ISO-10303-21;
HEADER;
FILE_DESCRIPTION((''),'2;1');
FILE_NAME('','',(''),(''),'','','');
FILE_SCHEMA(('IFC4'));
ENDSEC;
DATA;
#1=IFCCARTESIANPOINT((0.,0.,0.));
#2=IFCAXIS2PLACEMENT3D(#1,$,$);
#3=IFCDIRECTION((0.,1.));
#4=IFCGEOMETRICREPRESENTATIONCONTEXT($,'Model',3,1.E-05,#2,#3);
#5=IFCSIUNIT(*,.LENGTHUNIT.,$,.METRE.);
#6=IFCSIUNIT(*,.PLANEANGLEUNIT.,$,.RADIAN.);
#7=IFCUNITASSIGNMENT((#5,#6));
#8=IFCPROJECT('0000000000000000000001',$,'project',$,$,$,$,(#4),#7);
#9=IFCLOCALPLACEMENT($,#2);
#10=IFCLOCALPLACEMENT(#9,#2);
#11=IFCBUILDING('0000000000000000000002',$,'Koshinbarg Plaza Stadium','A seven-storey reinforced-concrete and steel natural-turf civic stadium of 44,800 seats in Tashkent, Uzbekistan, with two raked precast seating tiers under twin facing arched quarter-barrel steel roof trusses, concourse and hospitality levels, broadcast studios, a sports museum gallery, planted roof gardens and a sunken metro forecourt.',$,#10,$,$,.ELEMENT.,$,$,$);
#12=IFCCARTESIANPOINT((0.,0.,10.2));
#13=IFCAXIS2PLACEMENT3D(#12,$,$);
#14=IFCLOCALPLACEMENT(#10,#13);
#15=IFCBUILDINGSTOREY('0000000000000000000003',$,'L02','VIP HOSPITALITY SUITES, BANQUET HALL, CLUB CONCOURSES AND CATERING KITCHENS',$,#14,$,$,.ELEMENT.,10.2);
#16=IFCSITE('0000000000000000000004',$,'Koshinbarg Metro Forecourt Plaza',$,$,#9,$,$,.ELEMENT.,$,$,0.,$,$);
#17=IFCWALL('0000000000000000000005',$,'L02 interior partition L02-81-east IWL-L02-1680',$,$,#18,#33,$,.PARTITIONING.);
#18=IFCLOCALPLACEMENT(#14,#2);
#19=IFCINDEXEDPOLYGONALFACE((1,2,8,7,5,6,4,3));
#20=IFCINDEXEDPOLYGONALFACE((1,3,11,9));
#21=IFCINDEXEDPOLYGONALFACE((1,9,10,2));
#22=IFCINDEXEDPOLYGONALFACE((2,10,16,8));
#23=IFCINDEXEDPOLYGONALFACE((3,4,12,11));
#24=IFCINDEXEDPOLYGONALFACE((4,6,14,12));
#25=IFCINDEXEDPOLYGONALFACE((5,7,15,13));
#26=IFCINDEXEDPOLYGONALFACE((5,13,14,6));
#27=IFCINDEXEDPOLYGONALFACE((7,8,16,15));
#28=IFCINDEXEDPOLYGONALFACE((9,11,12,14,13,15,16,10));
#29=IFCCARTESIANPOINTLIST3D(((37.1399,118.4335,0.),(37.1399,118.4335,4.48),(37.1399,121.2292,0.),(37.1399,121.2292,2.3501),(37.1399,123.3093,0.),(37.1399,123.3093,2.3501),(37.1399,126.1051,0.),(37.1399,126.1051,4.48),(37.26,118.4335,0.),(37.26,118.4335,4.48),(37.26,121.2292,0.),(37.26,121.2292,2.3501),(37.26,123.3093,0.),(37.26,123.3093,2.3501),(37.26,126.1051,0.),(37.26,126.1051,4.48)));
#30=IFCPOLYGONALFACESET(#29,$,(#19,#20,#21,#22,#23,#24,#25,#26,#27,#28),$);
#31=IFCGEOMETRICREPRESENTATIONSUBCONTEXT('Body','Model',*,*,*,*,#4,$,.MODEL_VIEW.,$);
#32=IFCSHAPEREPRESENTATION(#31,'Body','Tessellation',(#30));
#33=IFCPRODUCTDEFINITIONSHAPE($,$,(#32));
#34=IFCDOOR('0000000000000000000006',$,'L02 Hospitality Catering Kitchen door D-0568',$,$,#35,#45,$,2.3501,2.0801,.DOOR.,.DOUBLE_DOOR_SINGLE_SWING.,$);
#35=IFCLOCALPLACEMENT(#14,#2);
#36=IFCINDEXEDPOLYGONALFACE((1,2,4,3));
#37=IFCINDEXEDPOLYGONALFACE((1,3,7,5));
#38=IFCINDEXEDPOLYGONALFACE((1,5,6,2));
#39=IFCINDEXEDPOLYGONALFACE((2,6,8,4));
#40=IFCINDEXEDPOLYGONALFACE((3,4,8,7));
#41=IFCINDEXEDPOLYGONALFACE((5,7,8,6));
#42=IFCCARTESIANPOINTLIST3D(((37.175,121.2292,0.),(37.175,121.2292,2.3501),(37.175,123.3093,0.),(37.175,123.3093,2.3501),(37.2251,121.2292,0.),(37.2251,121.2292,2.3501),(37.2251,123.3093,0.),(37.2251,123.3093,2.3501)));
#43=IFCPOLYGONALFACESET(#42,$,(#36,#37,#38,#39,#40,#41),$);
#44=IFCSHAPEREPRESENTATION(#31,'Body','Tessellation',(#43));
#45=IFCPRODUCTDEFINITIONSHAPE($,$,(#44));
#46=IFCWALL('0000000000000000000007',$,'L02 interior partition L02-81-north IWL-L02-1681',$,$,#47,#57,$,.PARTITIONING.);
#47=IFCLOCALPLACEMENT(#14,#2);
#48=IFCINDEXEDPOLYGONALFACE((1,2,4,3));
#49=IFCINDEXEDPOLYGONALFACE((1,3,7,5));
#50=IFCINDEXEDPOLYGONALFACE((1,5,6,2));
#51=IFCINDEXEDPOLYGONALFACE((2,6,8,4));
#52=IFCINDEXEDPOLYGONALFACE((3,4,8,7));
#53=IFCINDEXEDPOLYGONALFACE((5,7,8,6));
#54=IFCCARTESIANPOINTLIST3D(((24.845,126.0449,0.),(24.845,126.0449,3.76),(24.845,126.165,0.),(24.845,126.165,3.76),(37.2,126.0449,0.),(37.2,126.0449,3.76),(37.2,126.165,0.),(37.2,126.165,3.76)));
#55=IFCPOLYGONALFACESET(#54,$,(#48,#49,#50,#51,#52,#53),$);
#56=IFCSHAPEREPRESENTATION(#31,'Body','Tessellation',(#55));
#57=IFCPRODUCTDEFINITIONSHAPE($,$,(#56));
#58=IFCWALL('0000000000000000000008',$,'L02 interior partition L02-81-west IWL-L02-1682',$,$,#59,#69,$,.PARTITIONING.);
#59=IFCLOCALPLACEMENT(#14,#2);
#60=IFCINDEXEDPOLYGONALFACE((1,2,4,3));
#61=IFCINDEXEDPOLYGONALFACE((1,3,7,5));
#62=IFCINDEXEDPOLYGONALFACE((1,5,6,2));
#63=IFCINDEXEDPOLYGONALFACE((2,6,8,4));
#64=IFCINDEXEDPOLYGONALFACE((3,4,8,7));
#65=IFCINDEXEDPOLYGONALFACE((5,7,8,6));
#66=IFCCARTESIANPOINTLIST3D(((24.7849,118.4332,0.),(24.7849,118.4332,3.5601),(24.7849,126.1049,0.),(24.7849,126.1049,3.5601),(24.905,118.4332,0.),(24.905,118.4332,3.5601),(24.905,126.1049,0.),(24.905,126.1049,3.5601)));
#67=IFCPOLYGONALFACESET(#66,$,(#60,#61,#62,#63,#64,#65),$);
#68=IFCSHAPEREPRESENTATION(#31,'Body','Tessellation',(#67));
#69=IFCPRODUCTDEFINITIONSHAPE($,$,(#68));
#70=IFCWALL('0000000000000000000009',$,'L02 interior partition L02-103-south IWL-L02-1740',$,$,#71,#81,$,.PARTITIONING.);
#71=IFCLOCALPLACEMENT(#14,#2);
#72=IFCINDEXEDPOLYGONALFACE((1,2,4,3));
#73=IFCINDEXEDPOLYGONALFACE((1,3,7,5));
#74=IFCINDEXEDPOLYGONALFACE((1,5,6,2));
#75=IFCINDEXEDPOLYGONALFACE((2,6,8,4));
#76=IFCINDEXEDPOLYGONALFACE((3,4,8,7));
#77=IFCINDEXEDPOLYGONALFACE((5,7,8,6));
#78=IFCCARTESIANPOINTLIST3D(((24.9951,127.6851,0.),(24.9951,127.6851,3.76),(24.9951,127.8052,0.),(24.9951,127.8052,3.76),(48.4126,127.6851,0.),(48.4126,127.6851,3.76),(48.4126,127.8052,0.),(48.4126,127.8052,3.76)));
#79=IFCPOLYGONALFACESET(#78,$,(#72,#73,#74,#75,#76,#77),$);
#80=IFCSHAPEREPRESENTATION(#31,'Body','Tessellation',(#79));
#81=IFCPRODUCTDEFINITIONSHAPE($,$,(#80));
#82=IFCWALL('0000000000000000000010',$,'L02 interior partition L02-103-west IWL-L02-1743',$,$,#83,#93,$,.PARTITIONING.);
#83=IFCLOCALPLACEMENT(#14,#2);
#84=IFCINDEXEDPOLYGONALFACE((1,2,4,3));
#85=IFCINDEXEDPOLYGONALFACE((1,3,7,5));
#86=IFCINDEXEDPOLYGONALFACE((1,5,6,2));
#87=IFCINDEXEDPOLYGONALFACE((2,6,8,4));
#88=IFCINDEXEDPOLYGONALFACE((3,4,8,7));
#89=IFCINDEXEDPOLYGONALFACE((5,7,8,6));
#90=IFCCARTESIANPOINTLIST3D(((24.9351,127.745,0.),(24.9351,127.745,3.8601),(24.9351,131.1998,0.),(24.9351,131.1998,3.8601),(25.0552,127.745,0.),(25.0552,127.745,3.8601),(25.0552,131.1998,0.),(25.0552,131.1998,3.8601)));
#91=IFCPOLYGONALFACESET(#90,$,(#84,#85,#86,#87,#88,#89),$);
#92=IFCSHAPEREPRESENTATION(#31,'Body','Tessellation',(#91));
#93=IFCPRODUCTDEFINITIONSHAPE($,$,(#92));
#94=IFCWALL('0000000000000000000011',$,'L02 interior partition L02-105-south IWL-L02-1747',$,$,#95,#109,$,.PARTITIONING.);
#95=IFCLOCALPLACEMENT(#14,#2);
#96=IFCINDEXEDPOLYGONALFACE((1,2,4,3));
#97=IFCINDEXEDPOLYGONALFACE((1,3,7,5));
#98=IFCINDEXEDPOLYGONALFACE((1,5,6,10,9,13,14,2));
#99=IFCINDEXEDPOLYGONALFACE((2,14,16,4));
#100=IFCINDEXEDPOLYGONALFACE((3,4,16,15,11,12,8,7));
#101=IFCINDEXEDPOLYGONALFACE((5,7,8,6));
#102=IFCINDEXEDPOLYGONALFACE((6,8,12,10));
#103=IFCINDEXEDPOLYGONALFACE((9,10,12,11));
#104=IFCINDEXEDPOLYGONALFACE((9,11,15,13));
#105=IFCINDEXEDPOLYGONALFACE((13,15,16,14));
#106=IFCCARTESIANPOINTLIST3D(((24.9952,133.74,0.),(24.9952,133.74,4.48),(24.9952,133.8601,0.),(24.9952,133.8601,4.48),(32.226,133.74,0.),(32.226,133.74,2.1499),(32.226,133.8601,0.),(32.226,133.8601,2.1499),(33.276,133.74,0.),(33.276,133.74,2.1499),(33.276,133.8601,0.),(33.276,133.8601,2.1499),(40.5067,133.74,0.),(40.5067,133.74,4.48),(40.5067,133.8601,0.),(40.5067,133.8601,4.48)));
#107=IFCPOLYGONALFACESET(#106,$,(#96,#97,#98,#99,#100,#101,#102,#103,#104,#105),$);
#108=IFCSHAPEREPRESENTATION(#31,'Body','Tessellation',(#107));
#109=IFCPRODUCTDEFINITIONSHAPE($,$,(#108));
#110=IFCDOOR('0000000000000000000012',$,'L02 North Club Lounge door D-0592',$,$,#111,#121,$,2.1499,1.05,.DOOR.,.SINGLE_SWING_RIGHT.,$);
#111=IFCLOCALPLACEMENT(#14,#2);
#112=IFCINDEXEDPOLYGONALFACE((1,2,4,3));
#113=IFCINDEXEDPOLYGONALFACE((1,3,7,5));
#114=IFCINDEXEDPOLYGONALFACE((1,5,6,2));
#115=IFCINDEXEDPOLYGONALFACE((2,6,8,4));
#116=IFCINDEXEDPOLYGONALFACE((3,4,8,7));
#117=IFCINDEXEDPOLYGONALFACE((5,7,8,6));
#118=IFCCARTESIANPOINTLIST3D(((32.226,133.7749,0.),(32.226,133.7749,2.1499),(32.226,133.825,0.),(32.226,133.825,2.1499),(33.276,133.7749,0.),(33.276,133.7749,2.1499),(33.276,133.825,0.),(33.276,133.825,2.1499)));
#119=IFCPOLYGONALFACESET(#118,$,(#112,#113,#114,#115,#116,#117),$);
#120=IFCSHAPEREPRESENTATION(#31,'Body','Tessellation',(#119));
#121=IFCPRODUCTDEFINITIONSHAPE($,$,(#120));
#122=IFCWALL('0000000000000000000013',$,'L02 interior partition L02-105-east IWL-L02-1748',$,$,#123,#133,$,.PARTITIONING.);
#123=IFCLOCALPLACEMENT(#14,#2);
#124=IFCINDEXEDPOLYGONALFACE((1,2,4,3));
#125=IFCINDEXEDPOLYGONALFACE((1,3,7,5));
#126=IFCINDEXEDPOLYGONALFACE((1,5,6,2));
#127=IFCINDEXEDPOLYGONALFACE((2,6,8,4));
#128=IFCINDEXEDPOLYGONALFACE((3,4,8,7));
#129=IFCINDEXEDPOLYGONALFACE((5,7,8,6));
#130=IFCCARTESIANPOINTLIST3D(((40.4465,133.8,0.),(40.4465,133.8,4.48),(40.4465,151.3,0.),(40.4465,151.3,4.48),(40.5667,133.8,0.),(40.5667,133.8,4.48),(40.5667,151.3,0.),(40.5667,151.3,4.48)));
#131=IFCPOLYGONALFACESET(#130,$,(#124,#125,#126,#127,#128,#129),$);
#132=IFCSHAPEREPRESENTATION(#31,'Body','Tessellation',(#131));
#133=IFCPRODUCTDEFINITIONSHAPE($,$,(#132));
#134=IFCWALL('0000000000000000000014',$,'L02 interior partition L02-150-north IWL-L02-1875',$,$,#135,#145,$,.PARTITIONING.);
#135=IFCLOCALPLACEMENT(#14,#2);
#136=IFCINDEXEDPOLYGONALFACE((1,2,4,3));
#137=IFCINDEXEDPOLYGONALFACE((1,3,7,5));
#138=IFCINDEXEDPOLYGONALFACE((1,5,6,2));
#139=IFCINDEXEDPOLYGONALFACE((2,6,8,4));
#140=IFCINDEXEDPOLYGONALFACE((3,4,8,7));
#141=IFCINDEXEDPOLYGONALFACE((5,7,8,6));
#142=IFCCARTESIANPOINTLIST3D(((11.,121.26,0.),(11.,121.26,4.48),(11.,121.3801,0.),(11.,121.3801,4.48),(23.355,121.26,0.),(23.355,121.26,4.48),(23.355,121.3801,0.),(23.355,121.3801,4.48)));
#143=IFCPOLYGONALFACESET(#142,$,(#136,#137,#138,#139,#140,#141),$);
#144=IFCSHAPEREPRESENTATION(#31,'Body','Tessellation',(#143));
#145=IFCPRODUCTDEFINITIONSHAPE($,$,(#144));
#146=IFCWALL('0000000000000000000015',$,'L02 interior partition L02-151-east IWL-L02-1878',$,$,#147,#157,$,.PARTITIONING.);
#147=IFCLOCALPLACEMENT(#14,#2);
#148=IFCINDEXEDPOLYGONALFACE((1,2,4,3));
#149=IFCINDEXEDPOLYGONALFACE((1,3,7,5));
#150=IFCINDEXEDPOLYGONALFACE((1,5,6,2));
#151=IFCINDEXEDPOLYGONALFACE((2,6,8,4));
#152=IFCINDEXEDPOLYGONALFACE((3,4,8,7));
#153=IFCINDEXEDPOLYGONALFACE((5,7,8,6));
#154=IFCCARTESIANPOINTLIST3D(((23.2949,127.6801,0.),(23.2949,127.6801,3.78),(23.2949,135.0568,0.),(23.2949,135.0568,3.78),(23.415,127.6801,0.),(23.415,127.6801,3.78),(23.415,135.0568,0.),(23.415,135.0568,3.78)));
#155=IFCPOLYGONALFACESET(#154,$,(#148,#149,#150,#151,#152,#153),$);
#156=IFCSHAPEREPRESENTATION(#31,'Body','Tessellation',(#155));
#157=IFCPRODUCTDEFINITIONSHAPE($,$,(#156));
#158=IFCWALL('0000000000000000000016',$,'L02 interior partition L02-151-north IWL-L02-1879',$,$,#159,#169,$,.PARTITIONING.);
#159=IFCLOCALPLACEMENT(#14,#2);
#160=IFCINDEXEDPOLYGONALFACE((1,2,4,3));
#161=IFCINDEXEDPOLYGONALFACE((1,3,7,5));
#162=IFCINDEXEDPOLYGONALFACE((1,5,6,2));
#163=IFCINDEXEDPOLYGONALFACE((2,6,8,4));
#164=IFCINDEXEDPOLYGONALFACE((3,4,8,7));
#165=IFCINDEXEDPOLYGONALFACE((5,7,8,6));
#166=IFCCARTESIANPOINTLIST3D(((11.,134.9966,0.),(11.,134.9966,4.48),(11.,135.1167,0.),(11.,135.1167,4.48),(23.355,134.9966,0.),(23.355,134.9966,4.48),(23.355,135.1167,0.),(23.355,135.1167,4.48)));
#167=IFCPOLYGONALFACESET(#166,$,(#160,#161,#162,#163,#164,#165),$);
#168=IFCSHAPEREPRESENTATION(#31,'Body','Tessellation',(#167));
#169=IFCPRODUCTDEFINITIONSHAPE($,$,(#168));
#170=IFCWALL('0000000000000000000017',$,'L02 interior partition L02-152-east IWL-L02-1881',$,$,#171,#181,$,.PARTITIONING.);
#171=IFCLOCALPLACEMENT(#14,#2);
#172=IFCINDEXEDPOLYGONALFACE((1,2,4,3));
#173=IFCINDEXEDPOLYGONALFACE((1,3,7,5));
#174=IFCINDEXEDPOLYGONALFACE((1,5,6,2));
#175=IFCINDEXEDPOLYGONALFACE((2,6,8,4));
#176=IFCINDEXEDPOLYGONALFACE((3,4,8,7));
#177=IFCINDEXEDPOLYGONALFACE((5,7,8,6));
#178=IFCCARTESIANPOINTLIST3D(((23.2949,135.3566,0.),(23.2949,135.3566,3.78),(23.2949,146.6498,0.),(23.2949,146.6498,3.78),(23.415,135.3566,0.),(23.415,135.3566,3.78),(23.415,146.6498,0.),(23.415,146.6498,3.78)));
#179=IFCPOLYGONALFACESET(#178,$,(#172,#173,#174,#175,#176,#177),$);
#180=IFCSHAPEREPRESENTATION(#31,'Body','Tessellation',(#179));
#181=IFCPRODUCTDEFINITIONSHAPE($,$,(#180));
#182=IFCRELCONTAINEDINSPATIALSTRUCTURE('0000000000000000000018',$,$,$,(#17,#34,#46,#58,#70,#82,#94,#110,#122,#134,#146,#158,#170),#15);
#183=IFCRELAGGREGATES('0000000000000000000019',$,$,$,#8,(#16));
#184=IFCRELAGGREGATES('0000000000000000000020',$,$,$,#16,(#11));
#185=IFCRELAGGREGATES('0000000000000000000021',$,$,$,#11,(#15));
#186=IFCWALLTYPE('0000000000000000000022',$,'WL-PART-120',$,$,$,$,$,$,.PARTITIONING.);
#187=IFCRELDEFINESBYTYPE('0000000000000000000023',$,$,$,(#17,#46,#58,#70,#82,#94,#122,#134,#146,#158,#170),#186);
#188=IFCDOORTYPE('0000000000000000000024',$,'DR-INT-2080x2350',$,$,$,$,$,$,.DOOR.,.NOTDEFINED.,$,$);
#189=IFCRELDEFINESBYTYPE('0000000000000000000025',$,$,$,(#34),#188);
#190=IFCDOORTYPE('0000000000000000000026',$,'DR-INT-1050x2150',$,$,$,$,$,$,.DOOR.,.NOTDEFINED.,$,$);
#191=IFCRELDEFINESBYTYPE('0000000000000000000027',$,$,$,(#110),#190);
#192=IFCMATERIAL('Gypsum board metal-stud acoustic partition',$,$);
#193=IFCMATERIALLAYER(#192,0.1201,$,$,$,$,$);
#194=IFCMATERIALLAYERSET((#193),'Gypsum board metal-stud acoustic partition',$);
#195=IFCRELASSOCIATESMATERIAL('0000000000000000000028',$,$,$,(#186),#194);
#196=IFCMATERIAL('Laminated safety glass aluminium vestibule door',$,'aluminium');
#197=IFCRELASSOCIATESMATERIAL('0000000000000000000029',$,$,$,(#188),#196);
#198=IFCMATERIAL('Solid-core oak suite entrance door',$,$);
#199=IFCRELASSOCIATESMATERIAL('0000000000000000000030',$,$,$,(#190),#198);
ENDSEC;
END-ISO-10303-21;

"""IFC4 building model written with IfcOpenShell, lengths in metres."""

from ifc_helpers import new_model, si_unit, direction, frame, frame_2d, origin, place, context, subcontext, project, spatial, rectangle, extrude, material, layer, layer_set, type_object, element, fill, save


model = new_model("IFC4")

# Units and contexts
model_context = context("Model", 3, precision=1e-05, world=origin(), true_north=direction((0.0, 1.0)))
body_context = subcontext(model_context, "Body", "Model", "MODEL_VIEW")
ifc_project = project(units=[si_unit("LENGTHUNIT", "METRE"), si_unit("PLANEANGLEUNIT", "RADIAN")], contexts=[model_context])

# Site, building, storey
site_placement = place(None, origin())
site = spatial("IfcSite", under=ifc_project, at=site_placement, Name="Koshinbarg Metro Forecourt Plaza", CompositionType="ELEMENT", RefElevation=0.0)
building_placement = place(site_placement, origin())
building = spatial("IfcBuilding", under=site, at=building_placement, Name="Koshinbarg Plaza Stadium", Description="A seven-storey reinforced-concrete and steel natural-turf civic stadium of 44,800 seats in Tashkent, Uzbekistan, with two raked precast seating tiers under twin facing arched quarter-barrel steel roof trusses, concourse and hospitality levels, broadcast studios, a sports museum gallery, planted roof gardens and a sunken metro forecourt.", CompositionType="ELEMENT")
storey_placement = place(building_placement, frame((0.0, 0.0, 10.2)))
storey = spatial("IfcBuildingStorey", under=building, at=storey_placement, Name="L02", Description="VIP HOSPITALITY SUITES, BANQUET HALL, CLUB CONCOURSES AND CATERING KITCHENS", CompositionType="ELEMENT", Elevation=10.2)

# Wall, opening, door
ifc_material_1 = material(Name="Gypsum board metal-stud acoustic partition")
ifc_layer_1 = layer(ifc_material_1, 0.1201)
ifc_layer_set_1 = layer_set([ifc_layer_1], Name="Gypsum board metal-stud acoustic partition")
wall_type_1 = type_object("IfcWallType", Name="WL-PART-120", PredefinedType="PARTITIONING", material=ifc_layer_set_1)
wall_1_placement = place(storey_placement, frame((37.2, 118.4333, 0.0), z_axis=(0.0, 0.0, 1.0), x_axis=(0.0, 1.0, 0.0)))
wall_1 = element("IfcWall", 1, at=wall_1_placement, inside=storey, type_object=wall_type_1, Name="L02 interior partition L02-81-east IWL-L02-1680", PredefinedType="PARTITIONING", context=body_context, shape_type="SweptSolid", body=[
    extrude(rectangle(XDim=7.6716, YDim=0.1201, at=frame_2d((3.8359, 0.0))), origin(), (0.0, 0.0, 1.0), 4.48),
])
opening_1_placement = place(wall_1_placement, frame((2.7959, 0.0, 0.0)))
opening_1 = element("IfcOpeningElement", 2, at=opening_1_placement, cuts=wall_1, PredefinedType="OPENING", context=body_context, shape_type="SweptSolid", body=[
    extrude(rectangle(XDim=2.0801, YDim=2.3501, at=frame_2d((1.04, 1.175))), frame((0.0, 0.0701, 0.0), z_axis=(0.0, -1.0, 0.0), x_axis=(1.0, 0.0, 0.0)), (0.0, 0.0, 1.0), 0.1401),
])
ifc_material_2 = material(Name="Laminated safety glass aluminium vestibule door", Category="aluminium")
door_type_1 = type_object("IfcDoorType", Name="DR-INT-2080x2350", OperationType="NOTDEFINED", PredefinedType="DOOR", material=ifc_material_2)
door_1_placement = place(opening_1_placement, origin())
door_1 = element("IfcDoor", 3, at=door_1_placement, inside=storey, type_object=door_type_1, Name="L02 Hospitality Catering Kitchen door D-0568", OperationType="DOUBLE_DOOR_SINGLE_SWING", OverallHeight=2.3501, OverallWidth=2.0801, PredefinedType="DOOR", context=body_context, shape_type="SweptSolid", body=[
    extrude(rectangle(XDim=2.0801, YDim=2.3501, at=frame_2d((1.04, 1.175))), frame((0.0, 0.0249, 0.0), z_axis=(0.0, -1.0, 0.0), x_axis=(1.0, 0.0, 0.0)), (0.0, 0.0, 1.0), 0.05),
])
fill(opening_1, door_1)

# Walls
wall_2_placement = place(storey_placement, frame((37.2, 126.105, 0.0), z_axis=(0.0, 0.0, 1.0), x_axis=(-1.0, 0.0, 0.0)))
element("IfcWall", 4, at=wall_2_placement, inside=storey, type_object=wall_type_1, Name="L02 interior partition L02-81-north IWL-L02-1681", PredefinedType="PARTITIONING", context=body_context, shape_type="SweptSolid", body=[
    extrude(rectangle(XDim=12.355, YDim=0.1201, at=frame_2d((6.1775, 0.0))), origin(), (0.0, 0.0, 1.0), 3.76),
])
wall_3_placement = place(storey_placement, frame((24.845, 126.105, 0.0), z_axis=(0.0, 0.0, 1.0), x_axis=(0.0, -1.0, 0.0)))
element("IfcWall", 5, at=wall_3_placement, inside=storey, type_object=wall_type_1, Name="L02 interior partition L02-81-west IWL-L02-1682", PredefinedType="PARTITIONING", context=body_context, shape_type="SweptSolid", body=[
    extrude(rectangle(XDim=7.6716, YDim=0.1201, at=frame_2d((3.8359, 0.0))), origin(), (0.0, 0.0, 1.0), 3.5601),
])

# Walls
wall_4_placement = place(storey_placement, frame((24.9951, 127.7451, 0.0), z_axis=(0.0, 0.0, 1.0), x_axis=(1.0, 0.0, 0.0)))
element("IfcWall", 6, at=wall_4_placement, inside=storey, type_object=wall_type_1, Name="L02 interior partition L02-103-south IWL-L02-1740", PredefinedType="PARTITIONING", context=body_context, shape_type="SweptSolid", body=[
    extrude(rectangle(XDim=23.4175, YDim=0.1201, at=frame_2d((11.7087, 0.0))), origin(), (0.0, 0.0, 1.0), 3.76),
])
wall_5_placement = place(storey_placement, frame((24.9951, 131.2, 0.0), z_axis=(0.0, 0.0, 1.0), x_axis=(0.0, -1.0, 0.0)))
element("IfcWall", 7, at=wall_5_placement, inside=storey, type_object=wall_type_1, Name="L02 interior partition L02-103-west IWL-L02-1743", PredefinedType="PARTITIONING", context=body_context, shape_type="SweptSolid", body=[
    extrude(rectangle(XDim=3.4548, YDim=0.1201, at=frame_2d((1.7275, 0.0))), origin(), (0.0, 0.0, 1.0), 3.8601),
])

# Wall, opening, door
wall_6_placement = place(storey_placement, frame((24.9951, 133.8, 0.0), z_axis=(0.0, 0.0, 1.0), x_axis=(1.0, 0.0, 0.0)))
wall_6 = element("IfcWall", 8, at=wall_6_placement, inside=storey, type_object=wall_type_1, Name="L02 interior partition L02-105-south IWL-L02-1747", PredefinedType="PARTITIONING", context=body_context, shape_type="SweptSolid", body=[
    extrude(rectangle(XDim=15.5115, YDim=0.1201, at=frame_2d((7.7559, 0.0))), origin(), (0.0, 0.0, 1.0), 4.48),
])
opening_2_placement = place(wall_6_placement, frame((7.231, 0.0, 0.0)))
opening_2 = element("IfcOpeningElement", 9, at=opening_2_placement, cuts=wall_6, PredefinedType="OPENING", context=body_context, shape_type="SweptSolid", body=[
    extrude(rectangle(XDim=1.05, YDim=2.1499, at=frame_2d((0.5249, 1.075))), frame((0.0, 0.0701, 0.0), z_axis=(0.0, -1.0, 0.0), x_axis=(1.0, 0.0, 0.0)), (0.0, 0.0, 1.0), 0.1401),
])
ifc_material_3 = material(Name="Solid-core oak suite entrance door")
door_type_2 = type_object("IfcDoorType", Name="DR-INT-1050x2150", OperationType="NOTDEFINED", PredefinedType="DOOR", material=ifc_material_3)
door_2_placement = place(opening_2_placement, origin())
door_2 = element("IfcDoor", 10, at=door_2_placement, inside=storey, type_object=door_type_2, Name="L02 North Club Lounge door D-0592", OperationType="SINGLE_SWING_RIGHT", OverallHeight=2.1499, OverallWidth=1.05, PredefinedType="DOOR", context=body_context, shape_type="SweptSolid", body=[
    extrude(rectangle(XDim=1.05, YDim=2.1499, at=frame_2d((0.5249, 1.075))), frame((0.0, 0.0249, 0.0), z_axis=(0.0, -1.0, 0.0), x_axis=(1.0, 0.0, 0.0)), (0.0, 0.0, 1.0), 0.05),
])
fill(opening_2, door_2)

# Walls
wall_7_placement = place(storey_placement, frame((40.5066, 133.8, 0.0), z_axis=(0.0, 0.0, 1.0), x_axis=(0.0, 1.0, 0.0)))
element("IfcWall", 11, at=wall_7_placement, inside=storey, type_object=wall_type_1, Name="L02 interior partition L02-105-east IWL-L02-1748", PredefinedType="PARTITIONING", context=body_context, shape_type="SweptSolid", body=[
    extrude(rectangle(XDim=17.5, YDim=0.1201, at=frame_2d((8.75, 0.0))), origin(), (0.0, 0.0, 1.0), 4.48),
])
wall_8_placement = place(storey_placement, frame((23.355, 121.3201, 0.0), z_axis=(0.0, 0.0, 1.0), x_axis=(-1.0, 0.0, 0.0)))
element("IfcWall", 12, at=wall_8_placement, inside=storey, type_object=wall_type_1, Name="L02 interior partition L02-150-north IWL-L02-1875", PredefinedType="PARTITIONING", context=body_context, shape_type="SweptSolid", body=[
    extrude(rectangle(XDim=12.355, YDim=0.1201, at=frame_2d((6.1775, 0.0))), origin(), (0.0, 0.0, 1.0), 4.48),
])
wall_9_placement = place(storey_placement, frame((23.355, 127.6799, 0.0), z_axis=(0.0, 0.0, 1.0), x_axis=(0.0, 1.0, 0.0)))
element("IfcWall", 13, at=wall_9_placement, inside=storey, type_object=wall_type_1, Name="L02 interior partition L02-151-east IWL-L02-1878", PredefinedType="PARTITIONING", context=body_context, shape_type="SweptSolid", body=[
    extrude(rectangle(XDim=7.3767, YDim=0.1201, at=frame_2d((3.6885, 0.0))), origin(), (0.0, 0.0, 1.0), 3.78),
])
wall_10_placement = place(storey_placement, frame((23.355, 135.0566, 0.0), z_axis=(0.0, 0.0, 1.0), x_axis=(-1.0, 0.0, 0.0)))
element("IfcWall", 14, at=wall_10_placement, inside=storey, type_object=wall_type_1, Name="L02 interior partition L02-151-north IWL-L02-1879", PredefinedType="PARTITIONING", context=body_context, shape_type="SweptSolid", body=[
    extrude(rectangle(XDim=12.355, YDim=0.1201, at=frame_2d((6.1775, 0.0))), origin(), (0.0, 0.0, 1.0), 4.48),
])
wall_11_placement = place(storey_placement, frame((23.355, 135.3567, 0.0), z_axis=(0.0, 0.0, 1.0), x_axis=(0.0, 1.0, 0.0)))
element("IfcWall", 15, at=wall_11_placement, inside=storey, type_object=wall_type_1, Name="L02 interior partition L02-152-east IWL-L02-1881", PredefinedType="PARTITIONING", context=body_context, shape_type="SweptSolid", body=[
    extrude(rectangle(XDim=11.2932, YDim=0.1201, at=frame_2d((5.6465, 0.0))), origin(), (0.0, 0.0, 1.0), 3.78),
])

save(model, "model.ifc")
